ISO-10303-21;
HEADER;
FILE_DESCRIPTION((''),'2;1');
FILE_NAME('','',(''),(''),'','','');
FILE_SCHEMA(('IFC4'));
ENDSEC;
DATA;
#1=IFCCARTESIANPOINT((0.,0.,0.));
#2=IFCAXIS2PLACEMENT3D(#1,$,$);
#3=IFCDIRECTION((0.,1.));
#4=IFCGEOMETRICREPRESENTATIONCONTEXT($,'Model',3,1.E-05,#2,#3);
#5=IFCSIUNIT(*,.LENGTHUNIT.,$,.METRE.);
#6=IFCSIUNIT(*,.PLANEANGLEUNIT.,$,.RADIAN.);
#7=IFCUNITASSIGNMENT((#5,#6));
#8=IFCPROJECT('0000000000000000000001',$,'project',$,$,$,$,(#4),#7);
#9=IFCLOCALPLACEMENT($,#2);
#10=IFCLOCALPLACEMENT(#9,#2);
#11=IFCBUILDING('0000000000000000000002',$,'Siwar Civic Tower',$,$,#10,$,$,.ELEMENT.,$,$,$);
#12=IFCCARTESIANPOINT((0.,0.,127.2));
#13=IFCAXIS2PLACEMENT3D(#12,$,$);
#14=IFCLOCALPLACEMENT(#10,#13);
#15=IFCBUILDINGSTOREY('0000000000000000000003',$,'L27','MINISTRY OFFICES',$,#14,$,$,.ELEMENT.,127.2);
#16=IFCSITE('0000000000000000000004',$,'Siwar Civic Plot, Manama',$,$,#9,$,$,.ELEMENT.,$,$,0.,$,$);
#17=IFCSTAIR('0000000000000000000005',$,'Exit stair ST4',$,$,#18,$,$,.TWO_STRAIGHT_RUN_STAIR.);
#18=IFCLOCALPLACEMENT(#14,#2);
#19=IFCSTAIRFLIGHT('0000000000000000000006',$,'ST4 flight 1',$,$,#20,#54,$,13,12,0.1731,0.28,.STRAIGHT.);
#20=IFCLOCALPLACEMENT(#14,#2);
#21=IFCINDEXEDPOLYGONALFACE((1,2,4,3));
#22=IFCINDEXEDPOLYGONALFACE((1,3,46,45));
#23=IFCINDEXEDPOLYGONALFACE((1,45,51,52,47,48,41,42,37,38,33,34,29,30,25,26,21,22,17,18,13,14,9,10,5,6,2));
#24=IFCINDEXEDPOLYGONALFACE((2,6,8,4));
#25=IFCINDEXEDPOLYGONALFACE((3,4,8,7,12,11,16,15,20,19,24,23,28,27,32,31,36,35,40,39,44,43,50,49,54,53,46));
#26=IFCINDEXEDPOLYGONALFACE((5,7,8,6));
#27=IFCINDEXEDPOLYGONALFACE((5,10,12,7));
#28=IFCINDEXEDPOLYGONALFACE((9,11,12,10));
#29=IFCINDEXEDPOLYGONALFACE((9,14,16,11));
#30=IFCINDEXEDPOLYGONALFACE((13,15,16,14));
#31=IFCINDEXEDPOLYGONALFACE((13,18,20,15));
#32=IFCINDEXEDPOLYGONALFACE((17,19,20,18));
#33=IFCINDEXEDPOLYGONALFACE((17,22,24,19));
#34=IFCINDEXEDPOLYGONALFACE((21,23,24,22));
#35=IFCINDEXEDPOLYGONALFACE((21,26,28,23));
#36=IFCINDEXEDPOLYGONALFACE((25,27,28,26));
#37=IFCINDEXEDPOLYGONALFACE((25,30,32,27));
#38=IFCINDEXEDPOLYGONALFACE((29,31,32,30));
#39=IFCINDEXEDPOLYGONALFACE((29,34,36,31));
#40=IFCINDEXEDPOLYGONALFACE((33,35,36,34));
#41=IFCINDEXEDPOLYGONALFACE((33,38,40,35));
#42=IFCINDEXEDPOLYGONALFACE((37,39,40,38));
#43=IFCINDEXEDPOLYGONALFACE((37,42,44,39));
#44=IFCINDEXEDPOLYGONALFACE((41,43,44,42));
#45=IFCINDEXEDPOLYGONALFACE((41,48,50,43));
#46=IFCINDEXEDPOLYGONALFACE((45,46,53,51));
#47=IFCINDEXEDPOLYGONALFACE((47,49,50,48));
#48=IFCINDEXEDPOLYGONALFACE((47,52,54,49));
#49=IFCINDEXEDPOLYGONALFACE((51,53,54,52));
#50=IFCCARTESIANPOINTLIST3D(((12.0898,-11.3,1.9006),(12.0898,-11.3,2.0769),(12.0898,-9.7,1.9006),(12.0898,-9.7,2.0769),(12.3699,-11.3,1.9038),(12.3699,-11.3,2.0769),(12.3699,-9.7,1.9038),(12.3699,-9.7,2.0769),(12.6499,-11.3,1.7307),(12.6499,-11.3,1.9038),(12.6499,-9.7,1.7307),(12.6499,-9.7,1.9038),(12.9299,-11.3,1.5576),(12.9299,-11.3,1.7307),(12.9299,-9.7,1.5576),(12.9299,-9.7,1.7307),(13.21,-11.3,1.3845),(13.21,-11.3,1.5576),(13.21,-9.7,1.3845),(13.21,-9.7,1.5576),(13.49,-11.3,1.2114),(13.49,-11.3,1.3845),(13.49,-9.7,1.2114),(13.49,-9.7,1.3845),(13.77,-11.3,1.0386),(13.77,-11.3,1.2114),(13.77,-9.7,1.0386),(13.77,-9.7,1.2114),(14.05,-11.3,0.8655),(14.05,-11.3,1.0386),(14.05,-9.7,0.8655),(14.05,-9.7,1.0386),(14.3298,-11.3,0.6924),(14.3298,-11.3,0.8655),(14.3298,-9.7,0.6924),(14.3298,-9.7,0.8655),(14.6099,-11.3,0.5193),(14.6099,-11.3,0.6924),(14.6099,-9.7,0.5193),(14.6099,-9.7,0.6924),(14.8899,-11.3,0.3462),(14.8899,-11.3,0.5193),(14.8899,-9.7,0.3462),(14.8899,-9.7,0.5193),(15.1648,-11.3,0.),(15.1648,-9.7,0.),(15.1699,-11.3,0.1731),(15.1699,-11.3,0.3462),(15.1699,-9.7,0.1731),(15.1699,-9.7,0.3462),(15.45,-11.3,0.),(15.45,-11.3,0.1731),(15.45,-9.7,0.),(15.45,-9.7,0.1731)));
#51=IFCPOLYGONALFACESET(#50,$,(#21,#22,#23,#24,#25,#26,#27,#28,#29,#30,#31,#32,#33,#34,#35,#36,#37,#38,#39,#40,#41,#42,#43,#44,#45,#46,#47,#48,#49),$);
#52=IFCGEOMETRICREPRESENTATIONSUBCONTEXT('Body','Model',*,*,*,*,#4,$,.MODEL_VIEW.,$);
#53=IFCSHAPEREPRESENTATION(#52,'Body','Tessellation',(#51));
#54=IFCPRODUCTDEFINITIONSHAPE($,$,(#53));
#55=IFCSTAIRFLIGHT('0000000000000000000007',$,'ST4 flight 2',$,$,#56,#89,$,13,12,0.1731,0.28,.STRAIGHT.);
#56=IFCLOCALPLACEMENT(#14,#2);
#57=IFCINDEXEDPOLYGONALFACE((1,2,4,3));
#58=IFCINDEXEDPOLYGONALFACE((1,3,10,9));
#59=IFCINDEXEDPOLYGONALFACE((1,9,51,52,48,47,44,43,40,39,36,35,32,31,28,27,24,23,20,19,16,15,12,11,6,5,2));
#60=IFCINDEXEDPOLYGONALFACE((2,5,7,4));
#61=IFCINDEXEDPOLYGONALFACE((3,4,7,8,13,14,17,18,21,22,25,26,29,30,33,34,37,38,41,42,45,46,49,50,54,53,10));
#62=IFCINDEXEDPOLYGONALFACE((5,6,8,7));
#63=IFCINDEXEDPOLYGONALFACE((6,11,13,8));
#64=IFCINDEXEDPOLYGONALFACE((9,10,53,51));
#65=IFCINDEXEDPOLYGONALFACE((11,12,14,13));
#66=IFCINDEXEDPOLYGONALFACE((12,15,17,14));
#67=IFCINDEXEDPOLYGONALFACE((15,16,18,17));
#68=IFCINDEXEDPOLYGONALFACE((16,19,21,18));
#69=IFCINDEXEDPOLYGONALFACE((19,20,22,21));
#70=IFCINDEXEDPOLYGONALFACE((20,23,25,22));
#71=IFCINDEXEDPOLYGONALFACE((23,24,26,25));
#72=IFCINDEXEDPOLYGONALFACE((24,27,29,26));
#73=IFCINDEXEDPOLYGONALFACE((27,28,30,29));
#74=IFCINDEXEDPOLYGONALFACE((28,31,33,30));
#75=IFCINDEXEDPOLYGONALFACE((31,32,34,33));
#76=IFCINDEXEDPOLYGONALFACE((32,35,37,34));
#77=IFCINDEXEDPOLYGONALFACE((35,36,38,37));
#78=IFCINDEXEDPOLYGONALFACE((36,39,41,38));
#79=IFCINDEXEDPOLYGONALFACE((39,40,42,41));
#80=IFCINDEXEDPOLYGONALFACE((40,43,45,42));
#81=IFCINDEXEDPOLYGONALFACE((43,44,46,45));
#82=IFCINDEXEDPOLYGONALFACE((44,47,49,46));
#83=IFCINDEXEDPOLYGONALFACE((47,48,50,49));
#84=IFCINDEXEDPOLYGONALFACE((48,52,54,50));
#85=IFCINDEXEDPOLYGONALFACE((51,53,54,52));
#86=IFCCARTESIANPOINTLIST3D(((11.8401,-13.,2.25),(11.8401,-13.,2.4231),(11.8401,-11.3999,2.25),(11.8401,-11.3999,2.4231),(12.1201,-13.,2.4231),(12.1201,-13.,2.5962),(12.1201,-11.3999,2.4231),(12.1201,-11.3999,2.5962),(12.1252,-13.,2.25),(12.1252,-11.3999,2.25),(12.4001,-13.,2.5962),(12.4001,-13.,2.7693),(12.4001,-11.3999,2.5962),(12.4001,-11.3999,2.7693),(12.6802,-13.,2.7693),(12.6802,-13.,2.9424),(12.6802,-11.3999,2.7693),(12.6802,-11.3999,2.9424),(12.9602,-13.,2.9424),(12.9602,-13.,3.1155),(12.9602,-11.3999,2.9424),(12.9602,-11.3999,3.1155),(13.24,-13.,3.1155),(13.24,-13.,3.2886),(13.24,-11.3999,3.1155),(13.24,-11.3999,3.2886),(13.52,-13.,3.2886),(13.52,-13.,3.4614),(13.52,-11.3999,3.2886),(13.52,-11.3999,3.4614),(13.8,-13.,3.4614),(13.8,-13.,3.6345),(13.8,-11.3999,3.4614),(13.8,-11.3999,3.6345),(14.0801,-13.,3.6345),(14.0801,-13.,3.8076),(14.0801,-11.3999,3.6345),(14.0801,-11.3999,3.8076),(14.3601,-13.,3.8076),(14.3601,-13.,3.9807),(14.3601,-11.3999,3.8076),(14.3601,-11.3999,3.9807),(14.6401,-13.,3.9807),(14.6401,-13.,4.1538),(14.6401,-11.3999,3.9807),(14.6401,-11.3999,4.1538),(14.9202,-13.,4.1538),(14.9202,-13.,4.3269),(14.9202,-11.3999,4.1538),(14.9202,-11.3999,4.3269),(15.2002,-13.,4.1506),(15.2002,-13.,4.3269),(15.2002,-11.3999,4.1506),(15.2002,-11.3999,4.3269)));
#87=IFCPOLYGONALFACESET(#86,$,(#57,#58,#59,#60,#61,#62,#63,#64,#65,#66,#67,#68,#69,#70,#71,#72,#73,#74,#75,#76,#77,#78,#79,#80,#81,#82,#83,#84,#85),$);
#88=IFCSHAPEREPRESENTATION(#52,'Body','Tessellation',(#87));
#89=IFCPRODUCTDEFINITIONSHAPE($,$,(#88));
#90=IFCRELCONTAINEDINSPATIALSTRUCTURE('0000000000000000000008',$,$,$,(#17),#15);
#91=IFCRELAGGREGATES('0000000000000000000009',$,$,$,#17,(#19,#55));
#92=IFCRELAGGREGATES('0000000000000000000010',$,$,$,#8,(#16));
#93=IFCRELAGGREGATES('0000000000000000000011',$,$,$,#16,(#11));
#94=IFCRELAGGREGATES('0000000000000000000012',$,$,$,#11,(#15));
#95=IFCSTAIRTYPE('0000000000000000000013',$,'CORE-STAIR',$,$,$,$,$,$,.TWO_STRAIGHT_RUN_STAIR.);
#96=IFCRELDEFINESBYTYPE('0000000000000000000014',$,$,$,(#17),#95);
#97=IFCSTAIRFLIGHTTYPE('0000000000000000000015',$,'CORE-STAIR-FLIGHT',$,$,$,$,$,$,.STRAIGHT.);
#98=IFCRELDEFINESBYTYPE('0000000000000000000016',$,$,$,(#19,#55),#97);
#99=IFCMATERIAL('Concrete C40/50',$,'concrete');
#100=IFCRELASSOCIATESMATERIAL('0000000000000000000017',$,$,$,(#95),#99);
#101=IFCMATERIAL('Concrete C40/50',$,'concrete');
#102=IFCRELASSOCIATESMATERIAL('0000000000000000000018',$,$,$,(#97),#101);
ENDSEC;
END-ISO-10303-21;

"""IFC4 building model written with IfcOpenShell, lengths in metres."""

from ifc_helpers import new_model, si_unit, direction, frame, origin, place, context, subcontext, project, spatial, polyline, outline, extrude, material, type_object, element, aggregate, save


model = new_model("IFC4")

# Units and contexts
model_context = context("Model", 3, precision=1e-05, world=origin(), true_north=direction((0.0, 1.0)))
body_context = subcontext(model_context, "Body", "Model", "MODEL_VIEW")
ifc_project = project(units=[si_unit("LENGTHUNIT", "METRE"), si_unit("PLANEANGLEUNIT", "RADIAN")], contexts=[model_context])

# Site, building, storey
site_placement = place(None, origin())
site = spatial("IfcSite", under=ifc_project, at=site_placement, Name="Siwar Civic Plot, Manama", CompositionType="ELEMENT", RefElevation=0.0)
building_placement = place(site_placement, origin())
building = spatial("IfcBuilding", under=site, at=building_placement, Name="Siwar Civic Tower", CompositionType="ELEMENT")
storey_placement = place(building_placement, frame((0.0, 0.0, 127.2)))
storey = spatial("IfcBuildingStorey", under=building, at=storey_placement, Name="L27", Description="MINISTRY OFFICES", CompositionType="ELEMENT", Elevation=127.2)

# Stair, stair flights
ifc_material_1 = material(Name="Concrete C40/50", Category="concrete")
stair_type = type_object("IfcStairType", Name="CORE-STAIR", PredefinedType="TWO_STRAIGHT_RUN_STAIR", material=ifc_material_1)
stair_placement = place(storey_placement, origin())
stair = element("IfcStair", 1, at=stair_placement, inside=storey, type_object=stair_type, Name="Exit stair ST4", PredefinedType="TWO_STRAIGHT_RUN_STAIR")
ifc_material_2 = material(Name="Concrete C40/50", Category="concrete")
stair_flight_type = type_object("IfcStairFlightType", Name="CORE-STAIR-FLIGHT", PredefinedType="STRAIGHT", material=ifc_material_2)
stair_flight_1_placement = place(storey_placement, frame((15.45, -10.5, 0.0), z_axis=(0.0, 0.0, 1.0), x_axis=(-1.0, 0.0, 0.0)))
stair_flight_1 = element("IfcStairFlight", 2, at=stair_flight_1_placement, type_object=stair_flight_type, Name="ST4 flight 1", NumberOfRisers=13, NumberOfTreads=12, PredefinedType="STRAIGHT", RiserHeight=0.1731, TreadLength=0.28, context=body_context, shape_type="SweptSolid", body=[
    extrude(outline(polyline([(0.0, 0.0), (0.0, 0.1731), (0.28, 0.1731), (0.28, 0.3462), (0.5601, 0.3462), (0.5601, 0.5193), (0.8401, 0.5193), (0.8401, 0.6924), (1.1201, 0.6924), (1.1201, 0.8655), (1.3999, 0.8655), (1.3999, 1.0386), (1.6799, 1.0386), (1.6799, 1.2114), (1.96, 1.2114), (1.96, 1.3845), (2.24, 1.3845), (2.24, 1.5576), (2.52, 1.5576), (2.52, 1.7307), (2.8, 1.7307), (2.8, 1.9038), (3.0801, 1.9038), (3.0801, 2.0769), (3.3601, 2.0769), (3.3601, 2.25), (3.3601, 1.9006), (0.2852, 0.0), (0.0, 0.0)])), frame((0.0, 0.8, 0.0), z_axis=(0.0, -1.0, 0.0), x_axis=(1.0, 0.0, 0.0)), (0.0, 0.0, 1.0), 1.6001),
])
stair_flight_2_placement = place(storey_placement, frame((11.8401, -12.2, 2.25), z_axis=(0.0, 0.0, 1.0), x_axis=(1.0, 0.0, 0.0)))
stair_flight_2 = element("IfcStairFlight", 3, at=stair_flight_2_placement, type_object=stair_flight_type, Name="ST4 flight 2", NumberOfRisers=13, NumberOfTreads=12, PredefinedType="STRAIGHT", RiserHeight=0.1731, TreadLength=0.28, context=body_context, shape_type="SweptSolid", body=[
    extrude(outline(polyline([(0.0, 0.0), (0.0, 0.1731), (0.28, 0.1731), (0.28, 0.3462), (0.5601, 0.3462), (0.5601, 0.5193), (0.8401, 0.5193), (0.8401, 0.6924), (1.1201, 0.6924), (1.1201, 0.8655), (1.3999, 0.8655), (1.3999, 1.0386), (1.6799, 1.0386), (1.6799, 1.2114), (1.96, 1.2114), (1.96, 1.3845), (2.24, 1.3845), (2.24, 1.5576), (2.52, 1.5576), (2.52, 1.7307), (2.8, 1.7307), (2.8, 1.9038), (3.0801, 1.9038), (3.0801, 2.0769), (3.3601, 2.0769), (3.3601, 2.25), (3.3601, 1.9006), (0.2852, 0.0), (0.0, 0.0)])), frame((0.0, 0.8, 0.0), z_axis=(0.0, -1.0, 0.0), x_axis=(1.0, 0.0, 0.0)), (0.0, 0.0, 1.0), 1.6001),
])
aggregate(stair, [stair_flight_1, stair_flight_2])

save(model, "model.ifc")
